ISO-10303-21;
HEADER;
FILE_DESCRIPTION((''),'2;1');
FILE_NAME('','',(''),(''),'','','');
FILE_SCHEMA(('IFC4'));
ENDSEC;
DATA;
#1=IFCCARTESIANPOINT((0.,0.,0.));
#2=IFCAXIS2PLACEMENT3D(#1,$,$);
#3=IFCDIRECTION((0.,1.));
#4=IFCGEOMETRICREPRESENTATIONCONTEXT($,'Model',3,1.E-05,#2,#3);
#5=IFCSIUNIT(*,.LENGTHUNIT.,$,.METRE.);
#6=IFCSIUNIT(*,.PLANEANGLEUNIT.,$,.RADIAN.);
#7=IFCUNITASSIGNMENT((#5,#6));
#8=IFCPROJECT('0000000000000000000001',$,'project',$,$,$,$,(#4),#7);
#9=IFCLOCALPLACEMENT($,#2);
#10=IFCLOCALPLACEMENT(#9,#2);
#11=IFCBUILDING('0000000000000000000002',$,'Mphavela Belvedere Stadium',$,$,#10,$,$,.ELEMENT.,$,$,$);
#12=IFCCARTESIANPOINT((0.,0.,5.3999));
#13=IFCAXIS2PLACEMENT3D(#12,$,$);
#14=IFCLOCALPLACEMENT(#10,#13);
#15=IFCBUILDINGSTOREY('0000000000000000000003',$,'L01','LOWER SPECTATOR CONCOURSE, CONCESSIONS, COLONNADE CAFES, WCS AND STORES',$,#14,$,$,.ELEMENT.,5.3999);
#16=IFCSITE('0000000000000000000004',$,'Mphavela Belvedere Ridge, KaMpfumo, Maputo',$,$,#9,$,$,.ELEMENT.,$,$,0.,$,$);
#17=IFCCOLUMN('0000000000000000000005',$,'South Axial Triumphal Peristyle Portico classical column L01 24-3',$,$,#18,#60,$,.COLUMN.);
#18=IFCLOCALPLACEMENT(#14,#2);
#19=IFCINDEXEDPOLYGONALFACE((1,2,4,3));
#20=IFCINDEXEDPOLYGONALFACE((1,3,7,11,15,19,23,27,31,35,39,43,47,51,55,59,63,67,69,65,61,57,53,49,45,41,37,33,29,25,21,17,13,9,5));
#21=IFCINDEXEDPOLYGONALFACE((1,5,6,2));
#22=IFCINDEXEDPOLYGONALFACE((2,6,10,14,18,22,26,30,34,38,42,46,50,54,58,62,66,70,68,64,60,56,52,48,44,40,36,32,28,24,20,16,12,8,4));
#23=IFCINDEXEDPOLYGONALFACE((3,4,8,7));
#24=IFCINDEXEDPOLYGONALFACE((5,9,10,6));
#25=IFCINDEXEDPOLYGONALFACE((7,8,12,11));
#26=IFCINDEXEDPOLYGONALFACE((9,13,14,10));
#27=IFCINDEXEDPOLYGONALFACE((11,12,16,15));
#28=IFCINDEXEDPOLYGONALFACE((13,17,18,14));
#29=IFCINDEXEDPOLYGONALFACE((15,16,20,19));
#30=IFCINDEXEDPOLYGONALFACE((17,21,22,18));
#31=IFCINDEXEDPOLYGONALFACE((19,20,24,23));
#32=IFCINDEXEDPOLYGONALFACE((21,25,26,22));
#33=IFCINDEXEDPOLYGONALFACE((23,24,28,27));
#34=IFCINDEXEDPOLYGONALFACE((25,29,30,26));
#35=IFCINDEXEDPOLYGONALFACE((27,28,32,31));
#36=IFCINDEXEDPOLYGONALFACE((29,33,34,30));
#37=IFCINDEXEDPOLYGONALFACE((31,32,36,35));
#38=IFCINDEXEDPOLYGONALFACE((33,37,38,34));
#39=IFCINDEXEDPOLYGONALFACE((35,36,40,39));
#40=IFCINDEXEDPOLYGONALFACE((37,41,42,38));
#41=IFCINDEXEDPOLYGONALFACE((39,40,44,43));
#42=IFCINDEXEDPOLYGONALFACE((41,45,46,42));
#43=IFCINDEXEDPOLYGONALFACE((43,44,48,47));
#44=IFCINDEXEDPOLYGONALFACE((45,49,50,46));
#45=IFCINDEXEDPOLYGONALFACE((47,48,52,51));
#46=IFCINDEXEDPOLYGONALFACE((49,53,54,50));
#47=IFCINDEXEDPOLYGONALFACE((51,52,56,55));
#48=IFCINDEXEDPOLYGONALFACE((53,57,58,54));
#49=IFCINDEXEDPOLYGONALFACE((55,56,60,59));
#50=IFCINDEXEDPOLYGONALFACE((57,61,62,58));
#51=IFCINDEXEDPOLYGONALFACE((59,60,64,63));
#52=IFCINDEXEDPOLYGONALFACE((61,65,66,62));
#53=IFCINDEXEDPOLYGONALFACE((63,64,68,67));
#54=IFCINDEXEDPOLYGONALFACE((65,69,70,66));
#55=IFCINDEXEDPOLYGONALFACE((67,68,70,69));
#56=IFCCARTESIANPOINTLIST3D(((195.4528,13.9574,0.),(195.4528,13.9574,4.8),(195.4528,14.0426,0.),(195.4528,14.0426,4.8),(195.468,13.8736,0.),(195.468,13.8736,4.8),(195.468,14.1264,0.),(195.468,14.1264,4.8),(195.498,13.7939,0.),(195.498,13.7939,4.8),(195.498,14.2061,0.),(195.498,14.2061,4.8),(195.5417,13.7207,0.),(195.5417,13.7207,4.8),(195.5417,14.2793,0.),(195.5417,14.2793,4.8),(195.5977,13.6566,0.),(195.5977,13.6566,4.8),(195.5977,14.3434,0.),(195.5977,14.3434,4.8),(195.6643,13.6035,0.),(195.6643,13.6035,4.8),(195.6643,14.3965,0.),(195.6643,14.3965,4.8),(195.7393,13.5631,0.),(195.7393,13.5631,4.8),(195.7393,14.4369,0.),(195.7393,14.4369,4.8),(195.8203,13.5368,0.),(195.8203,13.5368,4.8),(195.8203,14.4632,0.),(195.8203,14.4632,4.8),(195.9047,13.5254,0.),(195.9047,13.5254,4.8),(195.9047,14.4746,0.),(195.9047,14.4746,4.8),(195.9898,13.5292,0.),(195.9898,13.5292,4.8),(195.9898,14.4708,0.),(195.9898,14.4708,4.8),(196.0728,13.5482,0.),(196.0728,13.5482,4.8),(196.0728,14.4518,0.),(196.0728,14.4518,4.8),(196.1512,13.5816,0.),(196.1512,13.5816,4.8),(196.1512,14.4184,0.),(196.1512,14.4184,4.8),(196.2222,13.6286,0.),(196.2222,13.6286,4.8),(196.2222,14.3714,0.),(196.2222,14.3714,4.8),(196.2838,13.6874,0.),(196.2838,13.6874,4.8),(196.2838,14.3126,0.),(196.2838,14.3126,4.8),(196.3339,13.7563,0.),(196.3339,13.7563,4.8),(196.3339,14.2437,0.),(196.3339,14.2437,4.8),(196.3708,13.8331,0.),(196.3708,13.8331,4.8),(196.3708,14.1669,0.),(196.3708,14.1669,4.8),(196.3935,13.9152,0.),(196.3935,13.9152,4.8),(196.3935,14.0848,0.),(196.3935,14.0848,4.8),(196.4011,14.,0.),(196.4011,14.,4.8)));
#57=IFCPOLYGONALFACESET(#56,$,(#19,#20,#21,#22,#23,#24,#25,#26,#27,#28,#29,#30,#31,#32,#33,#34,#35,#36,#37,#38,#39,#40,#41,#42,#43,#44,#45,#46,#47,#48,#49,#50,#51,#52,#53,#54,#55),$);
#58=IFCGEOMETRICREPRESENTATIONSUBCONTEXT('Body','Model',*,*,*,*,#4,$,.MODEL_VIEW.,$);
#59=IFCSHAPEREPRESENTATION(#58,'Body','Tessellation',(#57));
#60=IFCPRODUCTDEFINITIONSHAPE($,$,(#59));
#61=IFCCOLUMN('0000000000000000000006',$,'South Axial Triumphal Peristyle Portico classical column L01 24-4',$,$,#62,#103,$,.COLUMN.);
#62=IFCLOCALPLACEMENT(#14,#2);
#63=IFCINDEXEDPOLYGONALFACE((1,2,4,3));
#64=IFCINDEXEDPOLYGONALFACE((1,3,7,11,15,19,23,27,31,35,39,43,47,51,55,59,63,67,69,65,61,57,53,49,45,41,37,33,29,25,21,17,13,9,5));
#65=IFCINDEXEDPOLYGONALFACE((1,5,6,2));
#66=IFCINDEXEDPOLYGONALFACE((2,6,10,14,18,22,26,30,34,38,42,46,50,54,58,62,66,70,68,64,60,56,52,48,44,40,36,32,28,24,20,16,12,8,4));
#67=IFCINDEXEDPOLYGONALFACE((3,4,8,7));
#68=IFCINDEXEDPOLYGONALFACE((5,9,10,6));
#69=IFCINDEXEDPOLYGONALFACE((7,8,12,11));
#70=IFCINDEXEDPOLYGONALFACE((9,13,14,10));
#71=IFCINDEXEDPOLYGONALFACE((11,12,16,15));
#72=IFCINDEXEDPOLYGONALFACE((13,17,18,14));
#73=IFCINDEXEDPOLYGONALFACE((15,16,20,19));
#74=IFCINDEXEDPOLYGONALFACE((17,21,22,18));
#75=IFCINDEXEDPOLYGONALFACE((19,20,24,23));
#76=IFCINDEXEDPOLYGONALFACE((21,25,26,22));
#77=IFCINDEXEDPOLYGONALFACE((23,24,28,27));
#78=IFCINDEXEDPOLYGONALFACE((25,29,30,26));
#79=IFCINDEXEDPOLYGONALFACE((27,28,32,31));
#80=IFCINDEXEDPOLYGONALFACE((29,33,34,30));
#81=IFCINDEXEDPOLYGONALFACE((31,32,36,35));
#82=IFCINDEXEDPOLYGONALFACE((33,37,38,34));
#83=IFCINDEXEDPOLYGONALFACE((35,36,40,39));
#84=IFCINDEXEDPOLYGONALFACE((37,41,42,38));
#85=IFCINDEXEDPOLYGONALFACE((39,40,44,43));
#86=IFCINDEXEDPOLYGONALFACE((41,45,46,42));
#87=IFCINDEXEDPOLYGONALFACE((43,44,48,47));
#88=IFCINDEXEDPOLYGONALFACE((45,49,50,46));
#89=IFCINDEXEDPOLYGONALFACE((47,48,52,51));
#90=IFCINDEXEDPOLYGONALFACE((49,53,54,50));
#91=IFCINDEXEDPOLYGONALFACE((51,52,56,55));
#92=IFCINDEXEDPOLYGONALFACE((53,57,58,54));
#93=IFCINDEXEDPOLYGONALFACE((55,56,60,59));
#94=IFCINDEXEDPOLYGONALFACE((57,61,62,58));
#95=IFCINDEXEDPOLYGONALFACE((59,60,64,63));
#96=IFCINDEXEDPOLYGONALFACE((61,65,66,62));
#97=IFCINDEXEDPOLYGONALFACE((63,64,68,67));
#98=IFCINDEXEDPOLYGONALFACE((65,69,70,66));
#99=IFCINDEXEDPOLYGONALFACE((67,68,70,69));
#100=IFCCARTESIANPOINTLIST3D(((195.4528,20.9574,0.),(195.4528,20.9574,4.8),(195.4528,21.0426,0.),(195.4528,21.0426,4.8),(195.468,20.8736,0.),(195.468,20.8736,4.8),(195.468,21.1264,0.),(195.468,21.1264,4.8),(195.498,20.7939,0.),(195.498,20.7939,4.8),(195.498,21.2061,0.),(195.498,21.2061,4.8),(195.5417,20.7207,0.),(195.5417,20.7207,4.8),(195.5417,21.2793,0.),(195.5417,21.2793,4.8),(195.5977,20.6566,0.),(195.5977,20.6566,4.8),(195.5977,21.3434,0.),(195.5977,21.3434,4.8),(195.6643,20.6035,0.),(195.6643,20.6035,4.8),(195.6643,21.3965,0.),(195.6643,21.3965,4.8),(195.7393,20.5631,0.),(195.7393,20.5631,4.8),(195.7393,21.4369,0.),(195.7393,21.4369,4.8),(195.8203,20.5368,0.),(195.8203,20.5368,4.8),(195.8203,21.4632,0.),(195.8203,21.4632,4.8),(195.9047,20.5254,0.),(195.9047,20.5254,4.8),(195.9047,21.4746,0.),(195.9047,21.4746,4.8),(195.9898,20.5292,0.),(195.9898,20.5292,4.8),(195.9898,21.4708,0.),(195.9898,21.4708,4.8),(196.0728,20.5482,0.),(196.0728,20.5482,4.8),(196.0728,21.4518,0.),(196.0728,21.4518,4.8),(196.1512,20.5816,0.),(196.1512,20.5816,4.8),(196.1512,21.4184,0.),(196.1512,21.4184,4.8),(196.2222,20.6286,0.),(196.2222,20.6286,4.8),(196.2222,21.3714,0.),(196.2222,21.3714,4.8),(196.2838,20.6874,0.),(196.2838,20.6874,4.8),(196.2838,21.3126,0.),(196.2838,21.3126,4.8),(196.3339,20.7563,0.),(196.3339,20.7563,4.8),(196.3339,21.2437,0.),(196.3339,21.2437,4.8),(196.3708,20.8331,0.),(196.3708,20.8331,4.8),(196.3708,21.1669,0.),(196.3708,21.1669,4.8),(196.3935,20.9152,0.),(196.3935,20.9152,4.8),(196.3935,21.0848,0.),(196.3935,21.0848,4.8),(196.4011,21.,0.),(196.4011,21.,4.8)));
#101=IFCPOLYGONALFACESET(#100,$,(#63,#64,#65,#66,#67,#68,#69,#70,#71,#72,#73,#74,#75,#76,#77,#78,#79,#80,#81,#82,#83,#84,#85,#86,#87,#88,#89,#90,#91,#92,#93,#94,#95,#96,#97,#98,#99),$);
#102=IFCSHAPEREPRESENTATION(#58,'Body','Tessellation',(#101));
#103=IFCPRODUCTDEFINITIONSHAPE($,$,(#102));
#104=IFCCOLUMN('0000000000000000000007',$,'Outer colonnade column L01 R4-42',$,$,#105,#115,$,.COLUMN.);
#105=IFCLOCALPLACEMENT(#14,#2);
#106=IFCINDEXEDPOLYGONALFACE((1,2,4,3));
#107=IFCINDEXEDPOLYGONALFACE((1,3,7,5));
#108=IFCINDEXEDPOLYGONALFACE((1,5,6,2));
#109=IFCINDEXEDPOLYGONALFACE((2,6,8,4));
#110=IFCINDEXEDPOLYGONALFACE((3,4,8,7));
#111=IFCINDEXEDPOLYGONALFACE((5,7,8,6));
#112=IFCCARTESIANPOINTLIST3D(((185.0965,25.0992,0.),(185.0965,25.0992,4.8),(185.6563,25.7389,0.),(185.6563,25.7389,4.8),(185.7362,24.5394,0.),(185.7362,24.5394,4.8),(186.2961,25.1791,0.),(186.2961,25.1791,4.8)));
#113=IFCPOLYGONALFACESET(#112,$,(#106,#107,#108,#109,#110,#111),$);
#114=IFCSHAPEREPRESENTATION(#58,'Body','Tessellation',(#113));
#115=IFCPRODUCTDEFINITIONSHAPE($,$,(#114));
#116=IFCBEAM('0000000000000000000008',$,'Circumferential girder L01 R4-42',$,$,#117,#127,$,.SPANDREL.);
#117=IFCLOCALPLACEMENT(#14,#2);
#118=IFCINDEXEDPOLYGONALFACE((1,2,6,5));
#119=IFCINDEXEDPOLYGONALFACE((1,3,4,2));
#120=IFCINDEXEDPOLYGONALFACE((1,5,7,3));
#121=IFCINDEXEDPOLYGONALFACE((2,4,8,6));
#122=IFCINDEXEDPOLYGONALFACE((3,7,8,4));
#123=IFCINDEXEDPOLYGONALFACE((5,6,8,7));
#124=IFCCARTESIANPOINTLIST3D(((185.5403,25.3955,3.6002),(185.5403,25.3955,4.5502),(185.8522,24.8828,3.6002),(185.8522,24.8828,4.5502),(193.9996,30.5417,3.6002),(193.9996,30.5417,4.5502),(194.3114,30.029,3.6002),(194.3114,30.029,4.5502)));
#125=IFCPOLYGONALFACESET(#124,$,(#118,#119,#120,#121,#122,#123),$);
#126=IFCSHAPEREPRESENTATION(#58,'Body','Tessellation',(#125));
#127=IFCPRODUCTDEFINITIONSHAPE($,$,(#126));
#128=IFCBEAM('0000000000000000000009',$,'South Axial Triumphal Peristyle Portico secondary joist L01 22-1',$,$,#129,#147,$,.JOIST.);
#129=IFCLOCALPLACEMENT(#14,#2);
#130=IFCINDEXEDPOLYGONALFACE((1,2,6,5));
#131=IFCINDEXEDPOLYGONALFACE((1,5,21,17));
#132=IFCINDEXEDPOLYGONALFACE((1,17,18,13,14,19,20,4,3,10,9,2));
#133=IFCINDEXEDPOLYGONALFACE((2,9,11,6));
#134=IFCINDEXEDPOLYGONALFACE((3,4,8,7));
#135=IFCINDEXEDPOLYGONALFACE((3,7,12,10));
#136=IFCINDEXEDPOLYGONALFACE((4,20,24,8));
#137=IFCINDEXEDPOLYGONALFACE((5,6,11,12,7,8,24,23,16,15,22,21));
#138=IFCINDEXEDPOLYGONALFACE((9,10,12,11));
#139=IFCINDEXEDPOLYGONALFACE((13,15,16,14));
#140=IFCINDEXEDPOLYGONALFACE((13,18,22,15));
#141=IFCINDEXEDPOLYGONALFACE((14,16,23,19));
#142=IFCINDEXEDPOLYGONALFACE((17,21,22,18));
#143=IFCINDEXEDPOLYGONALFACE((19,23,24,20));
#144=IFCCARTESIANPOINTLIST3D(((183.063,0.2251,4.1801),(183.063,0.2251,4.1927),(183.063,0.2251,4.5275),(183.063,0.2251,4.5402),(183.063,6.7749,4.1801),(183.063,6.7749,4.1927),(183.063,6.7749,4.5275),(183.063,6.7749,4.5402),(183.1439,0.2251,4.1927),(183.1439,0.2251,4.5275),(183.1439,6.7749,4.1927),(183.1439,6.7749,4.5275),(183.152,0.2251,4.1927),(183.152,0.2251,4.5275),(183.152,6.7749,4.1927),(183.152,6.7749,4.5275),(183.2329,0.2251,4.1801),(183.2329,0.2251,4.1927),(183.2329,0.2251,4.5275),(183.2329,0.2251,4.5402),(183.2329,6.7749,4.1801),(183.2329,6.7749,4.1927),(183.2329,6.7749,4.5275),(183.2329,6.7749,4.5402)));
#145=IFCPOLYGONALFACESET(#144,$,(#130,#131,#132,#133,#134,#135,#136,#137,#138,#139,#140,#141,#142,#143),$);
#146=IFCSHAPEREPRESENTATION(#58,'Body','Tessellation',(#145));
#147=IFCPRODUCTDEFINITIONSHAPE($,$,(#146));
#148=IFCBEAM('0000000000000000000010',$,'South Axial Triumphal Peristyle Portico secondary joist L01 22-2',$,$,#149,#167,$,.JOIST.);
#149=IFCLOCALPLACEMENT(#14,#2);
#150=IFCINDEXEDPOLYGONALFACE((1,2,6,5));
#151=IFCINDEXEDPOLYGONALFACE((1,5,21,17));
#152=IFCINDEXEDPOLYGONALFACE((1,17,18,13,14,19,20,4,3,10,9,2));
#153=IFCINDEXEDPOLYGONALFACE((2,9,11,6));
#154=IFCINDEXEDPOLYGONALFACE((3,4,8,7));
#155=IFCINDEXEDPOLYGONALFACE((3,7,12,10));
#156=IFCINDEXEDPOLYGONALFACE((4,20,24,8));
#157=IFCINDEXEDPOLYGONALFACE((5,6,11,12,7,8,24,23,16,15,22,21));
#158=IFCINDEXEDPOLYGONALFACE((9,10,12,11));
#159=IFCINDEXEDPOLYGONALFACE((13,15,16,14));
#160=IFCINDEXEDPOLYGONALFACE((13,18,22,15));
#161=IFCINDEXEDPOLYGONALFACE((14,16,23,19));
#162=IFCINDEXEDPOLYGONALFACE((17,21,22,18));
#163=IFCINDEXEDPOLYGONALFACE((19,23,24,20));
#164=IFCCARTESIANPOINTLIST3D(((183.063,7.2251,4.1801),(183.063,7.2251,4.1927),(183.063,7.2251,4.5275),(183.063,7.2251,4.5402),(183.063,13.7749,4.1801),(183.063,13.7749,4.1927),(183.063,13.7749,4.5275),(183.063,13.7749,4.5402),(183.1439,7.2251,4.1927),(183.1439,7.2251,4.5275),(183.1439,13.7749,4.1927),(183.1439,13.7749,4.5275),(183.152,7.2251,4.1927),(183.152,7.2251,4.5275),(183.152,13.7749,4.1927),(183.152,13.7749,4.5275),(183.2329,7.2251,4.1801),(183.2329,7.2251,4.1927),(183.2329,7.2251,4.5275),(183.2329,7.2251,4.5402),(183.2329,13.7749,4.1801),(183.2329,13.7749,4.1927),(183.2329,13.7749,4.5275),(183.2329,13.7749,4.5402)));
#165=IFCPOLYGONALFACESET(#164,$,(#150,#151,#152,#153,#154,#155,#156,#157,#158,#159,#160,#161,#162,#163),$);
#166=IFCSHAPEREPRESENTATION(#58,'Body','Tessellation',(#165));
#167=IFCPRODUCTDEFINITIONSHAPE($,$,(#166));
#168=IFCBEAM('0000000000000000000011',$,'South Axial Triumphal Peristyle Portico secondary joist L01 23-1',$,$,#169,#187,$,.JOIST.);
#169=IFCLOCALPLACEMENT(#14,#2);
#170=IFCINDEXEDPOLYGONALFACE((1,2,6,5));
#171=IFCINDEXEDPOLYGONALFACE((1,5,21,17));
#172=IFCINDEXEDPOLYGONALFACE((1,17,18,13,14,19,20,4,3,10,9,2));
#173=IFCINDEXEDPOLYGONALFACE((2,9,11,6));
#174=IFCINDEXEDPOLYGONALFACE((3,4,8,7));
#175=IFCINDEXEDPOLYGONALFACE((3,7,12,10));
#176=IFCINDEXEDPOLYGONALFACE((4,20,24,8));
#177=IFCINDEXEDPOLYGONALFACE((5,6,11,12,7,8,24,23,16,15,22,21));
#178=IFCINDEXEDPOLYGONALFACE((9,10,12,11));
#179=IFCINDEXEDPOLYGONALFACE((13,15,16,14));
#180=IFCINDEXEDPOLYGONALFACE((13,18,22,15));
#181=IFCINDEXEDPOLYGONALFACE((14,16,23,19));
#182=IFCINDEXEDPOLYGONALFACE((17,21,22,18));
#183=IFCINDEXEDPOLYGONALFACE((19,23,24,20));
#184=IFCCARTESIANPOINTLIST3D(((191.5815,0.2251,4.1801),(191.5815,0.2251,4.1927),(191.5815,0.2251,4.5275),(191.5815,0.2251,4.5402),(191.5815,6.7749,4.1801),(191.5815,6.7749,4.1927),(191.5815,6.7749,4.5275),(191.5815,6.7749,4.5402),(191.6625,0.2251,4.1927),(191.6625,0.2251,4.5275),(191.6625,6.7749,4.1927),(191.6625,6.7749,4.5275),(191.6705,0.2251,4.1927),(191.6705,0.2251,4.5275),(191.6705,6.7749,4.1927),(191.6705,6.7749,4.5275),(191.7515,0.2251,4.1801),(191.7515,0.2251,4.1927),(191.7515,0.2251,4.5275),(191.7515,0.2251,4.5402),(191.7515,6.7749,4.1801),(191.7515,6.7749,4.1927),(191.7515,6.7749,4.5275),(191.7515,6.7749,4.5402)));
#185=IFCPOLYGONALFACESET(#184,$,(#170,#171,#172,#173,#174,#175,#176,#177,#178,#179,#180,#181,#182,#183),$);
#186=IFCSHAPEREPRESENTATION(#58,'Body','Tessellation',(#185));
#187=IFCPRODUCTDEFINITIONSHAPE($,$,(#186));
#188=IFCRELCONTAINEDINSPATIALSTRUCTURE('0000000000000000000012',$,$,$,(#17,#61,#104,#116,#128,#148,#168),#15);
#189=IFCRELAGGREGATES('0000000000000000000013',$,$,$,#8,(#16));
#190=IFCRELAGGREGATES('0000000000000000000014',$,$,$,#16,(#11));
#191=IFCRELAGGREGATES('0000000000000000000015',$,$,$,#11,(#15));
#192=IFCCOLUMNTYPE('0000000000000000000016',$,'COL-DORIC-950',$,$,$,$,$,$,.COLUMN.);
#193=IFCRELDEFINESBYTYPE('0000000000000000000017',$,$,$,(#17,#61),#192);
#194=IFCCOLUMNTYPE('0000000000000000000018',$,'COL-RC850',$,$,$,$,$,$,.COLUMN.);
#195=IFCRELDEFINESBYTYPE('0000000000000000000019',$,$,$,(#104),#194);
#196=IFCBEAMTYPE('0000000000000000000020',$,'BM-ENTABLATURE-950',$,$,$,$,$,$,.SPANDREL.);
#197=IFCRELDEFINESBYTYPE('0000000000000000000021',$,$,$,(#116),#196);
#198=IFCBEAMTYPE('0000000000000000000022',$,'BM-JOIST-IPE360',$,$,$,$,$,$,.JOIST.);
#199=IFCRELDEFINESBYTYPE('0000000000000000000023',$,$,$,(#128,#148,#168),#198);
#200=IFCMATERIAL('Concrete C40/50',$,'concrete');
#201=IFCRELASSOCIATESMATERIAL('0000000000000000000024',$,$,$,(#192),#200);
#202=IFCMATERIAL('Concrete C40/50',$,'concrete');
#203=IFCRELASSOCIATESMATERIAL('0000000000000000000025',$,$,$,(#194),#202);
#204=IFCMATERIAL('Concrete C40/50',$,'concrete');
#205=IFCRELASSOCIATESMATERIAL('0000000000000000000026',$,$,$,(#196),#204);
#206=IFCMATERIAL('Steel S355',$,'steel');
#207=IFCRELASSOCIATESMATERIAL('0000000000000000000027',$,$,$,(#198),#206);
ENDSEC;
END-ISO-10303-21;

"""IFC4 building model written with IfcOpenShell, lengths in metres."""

from ifc_helpers import new_model, si_unit, direction, frame, origin, origin_2d, place, context, subcontext, project, spatial, rectangle, circle, i_section, extrude, material, material_profile, profile_set, type_object, element, save


model = new_model("IFC4")

# Units and contexts
model_context = context("Model", 3, precision=1e-05, world=origin(), true_north=direction((0.0, 1.0)))
body_context = subcontext(model_context, "Body", "Model", "MODEL_VIEW")
ifc_project = project(units=[si_unit("LENGTHUNIT", "METRE"), si_unit("PLANEANGLEUNIT", "RADIAN")], contexts=[model_context])

# Site, building, storey
site_placement = place(None, origin())
site = spatial("IfcSite", under=ifc_project, at=site_placement, Name="Mphavela Belvedere Ridge, KaMpfumo, Maputo", CompositionType="ELEMENT", RefElevation=0.0)
building_placement = place(site_placement, origin())
building = spatial("IfcBuilding", under=site, at=building_placement, Name="Mphavela Belvedere Stadium", CompositionType="ELEMENT")
storey_placement = place(building_placement, frame((0.0, 0.0, 5.3999)))
storey = spatial("IfcBuildingStorey", under=building, at=storey_placement, Name="L01", Description="LOWER SPECTATOR CONCOURSE, CONCESSIONS, COLONNADE CAFES, WCS AND STORES", CompositionType="ELEMENT", Elevation=5.3999)

# Columns
ifc_material_1 = material(Name="Concrete C40/50", Category="concrete")
ifc_material_profile_1 = material_profile(ifc_material_1, circle(Radius=0.4751, at=origin_2d()), Name="COL D950")
ifc_profile_set_1 = profile_set([ifc_material_profile_1], Name="Concrete C40/50")
column_type_1 = type_object("IfcColumnType", Name="COL-DORIC-950", PredefinedType="COLUMN", material=ifc_profile_set_1)
for number, where, z_axis, x_axis, name in (
    (1, (195.926, 14.0, 0.0), (0.0, 0.0, 1.0), (1.0, 0.0, 0.0), "South Axial Triumphal Peristyle Portico classical column L01 24-3"),
    (2, (195.926, 21.0, 0.0), (0.0, 0.0, 1.0), (1.0, 0.0, 0.0), "South Axial Triumphal Peristyle Portico classical column L01 24-4"),
):
    element("IfcColumn", number, at=place(storey_placement, frame(where, z_axis=z_axis, x_axis=x_axis)), inside=storey, type_object=column_type_1, Name=name, PredefinedType="COLUMN", context=body_context, shape_type="SweptSolid", body=[
        extrude(circle(Radius=0.4751, at=origin_2d()), origin(), (0.0, 0.0, 1.0), 4.8),
    ])
ifc_material_2 = material(Name="Concrete C40/50", Category="concrete")
ifc_material_profile_2 = material_profile(ifc_material_2, rectangle(XDim=0.8501, YDim=0.8501, at=origin_2d()), Name="RC 850x850")
ifc_profile_set_2 = profile_set([ifc_material_profile_2], Name="Concrete C40/50")
column_type_2 = type_object("IfcColumnType", Name="COL-RC850", PredefinedType="COLUMN", material=ifc_profile_set_2)
column_placement = place(storey_placement, frame((185.6963, 25.1392, 0.0), z_axis=(0.0, 0.0, 1.0), x_axis=(0.75253, -0.658558, 0.0)))
element("IfcColumn", 3, at=column_placement, inside=storey, type_object=column_type_2, Name="Outer colonnade column L01 R4-42", PredefinedType="COLUMN", context=body_context, shape_type="SweptSolid", body=[
    extrude(rectangle(XDim=0.8501, YDim=0.8501, at=origin_2d()), origin(), (0.0, 0.0, 1.0), 4.8),
])

# Beams
ifc_material_3 = material(Name="Concrete C40/50", Category="concrete")
ifc_material_profile_3 = material_profile(ifc_material_3, rectangle(XDim=0.6001, YDim=0.95, at=origin_2d()), Name="RC 600x950")
ifc_profile_set_3 = profile_set([ifc_material_profile_3], Name="Concrete C40/50")
beam_type_1 = type_object("IfcBeamType", Name="BM-ENTABLATURE-950", PredefinedType="SPANDREL", material=ifc_profile_set_3)
beam_1_placement = place(storey_placement, frame((185.6963, 25.1392, 4.0752), z_axis=(0.854327, 0.519737, 0.0), x_axis=(-0.519737, 0.854327, 0.0)))
element("IfcBeam", 4, at=beam_1_placement, inside=storey, type_object=beam_type_1, Name="Circumferential girder L01 R4-42", PredefinedType="SPANDREL", context=body_context, shape_type="SweptSolid", body=[
    extrude(rectangle(XDim=0.6001, YDim=0.95, at=origin_2d()), origin(), (0.0, 0.0, 1.0), 9.9016),
])
ifc_material_4 = material(Name="Steel S355", Category="steel")
ifc_material_profile_4 = material_profile(ifc_material_4, i_section(OverallWidth=0.1699, OverallDepth=0.3601, WebThickness=0.0081, FlangeThickness=0.0127, at=origin_2d()), Name="IPE 360")
ifc_profile_set_4 = profile_set([ifc_material_profile_4], Name="Steel S355")
beam_type_2 = type_object("IfcBeamType", Name="BM-JOIST-IPE360", PredefinedType="JOIST", material=ifc_profile_set_4)
for number, where, z_axis, x_axis, name in (
    (5, (183.1479, 0.2251, 4.3601), (0.0, 1.0, 0.0), (-1.0, 0.0, 0.0), "South Axial Triumphal Peristyle Portico secondary joist L01 22-1"),
    (6, (183.1479, 7.2251, 4.3601), (0.0, 1.0, 0.0), (-1.0, 0.0, 0.0), "South Axial Triumphal Peristyle Portico secondary joist L01 22-2"),
    (7, (191.6665, 0.2251, 4.3601), (0.0, 1.0, 0.0), (-1.0, 0.0, 0.0), "South Axial Triumphal Peristyle Portico secondary joist L01 23-1"),
):
    element("IfcBeam", number, at=place(storey_placement, frame(where, z_axis=z_axis, x_axis=x_axis)), inside=storey, type_object=beam_type_2, Name=name, PredefinedType="JOIST", context=body_context, shape_type="SweptSolid", body=[
        extrude(i_section(OverallWidth=0.1699, OverallDepth=0.3601, WebThickness=0.0081, FlangeThickness=0.0127, at=origin_2d()), origin(), (0.0, 0.0, 1.0), 6.5498),
    ])

save(model, "model.ifc")
